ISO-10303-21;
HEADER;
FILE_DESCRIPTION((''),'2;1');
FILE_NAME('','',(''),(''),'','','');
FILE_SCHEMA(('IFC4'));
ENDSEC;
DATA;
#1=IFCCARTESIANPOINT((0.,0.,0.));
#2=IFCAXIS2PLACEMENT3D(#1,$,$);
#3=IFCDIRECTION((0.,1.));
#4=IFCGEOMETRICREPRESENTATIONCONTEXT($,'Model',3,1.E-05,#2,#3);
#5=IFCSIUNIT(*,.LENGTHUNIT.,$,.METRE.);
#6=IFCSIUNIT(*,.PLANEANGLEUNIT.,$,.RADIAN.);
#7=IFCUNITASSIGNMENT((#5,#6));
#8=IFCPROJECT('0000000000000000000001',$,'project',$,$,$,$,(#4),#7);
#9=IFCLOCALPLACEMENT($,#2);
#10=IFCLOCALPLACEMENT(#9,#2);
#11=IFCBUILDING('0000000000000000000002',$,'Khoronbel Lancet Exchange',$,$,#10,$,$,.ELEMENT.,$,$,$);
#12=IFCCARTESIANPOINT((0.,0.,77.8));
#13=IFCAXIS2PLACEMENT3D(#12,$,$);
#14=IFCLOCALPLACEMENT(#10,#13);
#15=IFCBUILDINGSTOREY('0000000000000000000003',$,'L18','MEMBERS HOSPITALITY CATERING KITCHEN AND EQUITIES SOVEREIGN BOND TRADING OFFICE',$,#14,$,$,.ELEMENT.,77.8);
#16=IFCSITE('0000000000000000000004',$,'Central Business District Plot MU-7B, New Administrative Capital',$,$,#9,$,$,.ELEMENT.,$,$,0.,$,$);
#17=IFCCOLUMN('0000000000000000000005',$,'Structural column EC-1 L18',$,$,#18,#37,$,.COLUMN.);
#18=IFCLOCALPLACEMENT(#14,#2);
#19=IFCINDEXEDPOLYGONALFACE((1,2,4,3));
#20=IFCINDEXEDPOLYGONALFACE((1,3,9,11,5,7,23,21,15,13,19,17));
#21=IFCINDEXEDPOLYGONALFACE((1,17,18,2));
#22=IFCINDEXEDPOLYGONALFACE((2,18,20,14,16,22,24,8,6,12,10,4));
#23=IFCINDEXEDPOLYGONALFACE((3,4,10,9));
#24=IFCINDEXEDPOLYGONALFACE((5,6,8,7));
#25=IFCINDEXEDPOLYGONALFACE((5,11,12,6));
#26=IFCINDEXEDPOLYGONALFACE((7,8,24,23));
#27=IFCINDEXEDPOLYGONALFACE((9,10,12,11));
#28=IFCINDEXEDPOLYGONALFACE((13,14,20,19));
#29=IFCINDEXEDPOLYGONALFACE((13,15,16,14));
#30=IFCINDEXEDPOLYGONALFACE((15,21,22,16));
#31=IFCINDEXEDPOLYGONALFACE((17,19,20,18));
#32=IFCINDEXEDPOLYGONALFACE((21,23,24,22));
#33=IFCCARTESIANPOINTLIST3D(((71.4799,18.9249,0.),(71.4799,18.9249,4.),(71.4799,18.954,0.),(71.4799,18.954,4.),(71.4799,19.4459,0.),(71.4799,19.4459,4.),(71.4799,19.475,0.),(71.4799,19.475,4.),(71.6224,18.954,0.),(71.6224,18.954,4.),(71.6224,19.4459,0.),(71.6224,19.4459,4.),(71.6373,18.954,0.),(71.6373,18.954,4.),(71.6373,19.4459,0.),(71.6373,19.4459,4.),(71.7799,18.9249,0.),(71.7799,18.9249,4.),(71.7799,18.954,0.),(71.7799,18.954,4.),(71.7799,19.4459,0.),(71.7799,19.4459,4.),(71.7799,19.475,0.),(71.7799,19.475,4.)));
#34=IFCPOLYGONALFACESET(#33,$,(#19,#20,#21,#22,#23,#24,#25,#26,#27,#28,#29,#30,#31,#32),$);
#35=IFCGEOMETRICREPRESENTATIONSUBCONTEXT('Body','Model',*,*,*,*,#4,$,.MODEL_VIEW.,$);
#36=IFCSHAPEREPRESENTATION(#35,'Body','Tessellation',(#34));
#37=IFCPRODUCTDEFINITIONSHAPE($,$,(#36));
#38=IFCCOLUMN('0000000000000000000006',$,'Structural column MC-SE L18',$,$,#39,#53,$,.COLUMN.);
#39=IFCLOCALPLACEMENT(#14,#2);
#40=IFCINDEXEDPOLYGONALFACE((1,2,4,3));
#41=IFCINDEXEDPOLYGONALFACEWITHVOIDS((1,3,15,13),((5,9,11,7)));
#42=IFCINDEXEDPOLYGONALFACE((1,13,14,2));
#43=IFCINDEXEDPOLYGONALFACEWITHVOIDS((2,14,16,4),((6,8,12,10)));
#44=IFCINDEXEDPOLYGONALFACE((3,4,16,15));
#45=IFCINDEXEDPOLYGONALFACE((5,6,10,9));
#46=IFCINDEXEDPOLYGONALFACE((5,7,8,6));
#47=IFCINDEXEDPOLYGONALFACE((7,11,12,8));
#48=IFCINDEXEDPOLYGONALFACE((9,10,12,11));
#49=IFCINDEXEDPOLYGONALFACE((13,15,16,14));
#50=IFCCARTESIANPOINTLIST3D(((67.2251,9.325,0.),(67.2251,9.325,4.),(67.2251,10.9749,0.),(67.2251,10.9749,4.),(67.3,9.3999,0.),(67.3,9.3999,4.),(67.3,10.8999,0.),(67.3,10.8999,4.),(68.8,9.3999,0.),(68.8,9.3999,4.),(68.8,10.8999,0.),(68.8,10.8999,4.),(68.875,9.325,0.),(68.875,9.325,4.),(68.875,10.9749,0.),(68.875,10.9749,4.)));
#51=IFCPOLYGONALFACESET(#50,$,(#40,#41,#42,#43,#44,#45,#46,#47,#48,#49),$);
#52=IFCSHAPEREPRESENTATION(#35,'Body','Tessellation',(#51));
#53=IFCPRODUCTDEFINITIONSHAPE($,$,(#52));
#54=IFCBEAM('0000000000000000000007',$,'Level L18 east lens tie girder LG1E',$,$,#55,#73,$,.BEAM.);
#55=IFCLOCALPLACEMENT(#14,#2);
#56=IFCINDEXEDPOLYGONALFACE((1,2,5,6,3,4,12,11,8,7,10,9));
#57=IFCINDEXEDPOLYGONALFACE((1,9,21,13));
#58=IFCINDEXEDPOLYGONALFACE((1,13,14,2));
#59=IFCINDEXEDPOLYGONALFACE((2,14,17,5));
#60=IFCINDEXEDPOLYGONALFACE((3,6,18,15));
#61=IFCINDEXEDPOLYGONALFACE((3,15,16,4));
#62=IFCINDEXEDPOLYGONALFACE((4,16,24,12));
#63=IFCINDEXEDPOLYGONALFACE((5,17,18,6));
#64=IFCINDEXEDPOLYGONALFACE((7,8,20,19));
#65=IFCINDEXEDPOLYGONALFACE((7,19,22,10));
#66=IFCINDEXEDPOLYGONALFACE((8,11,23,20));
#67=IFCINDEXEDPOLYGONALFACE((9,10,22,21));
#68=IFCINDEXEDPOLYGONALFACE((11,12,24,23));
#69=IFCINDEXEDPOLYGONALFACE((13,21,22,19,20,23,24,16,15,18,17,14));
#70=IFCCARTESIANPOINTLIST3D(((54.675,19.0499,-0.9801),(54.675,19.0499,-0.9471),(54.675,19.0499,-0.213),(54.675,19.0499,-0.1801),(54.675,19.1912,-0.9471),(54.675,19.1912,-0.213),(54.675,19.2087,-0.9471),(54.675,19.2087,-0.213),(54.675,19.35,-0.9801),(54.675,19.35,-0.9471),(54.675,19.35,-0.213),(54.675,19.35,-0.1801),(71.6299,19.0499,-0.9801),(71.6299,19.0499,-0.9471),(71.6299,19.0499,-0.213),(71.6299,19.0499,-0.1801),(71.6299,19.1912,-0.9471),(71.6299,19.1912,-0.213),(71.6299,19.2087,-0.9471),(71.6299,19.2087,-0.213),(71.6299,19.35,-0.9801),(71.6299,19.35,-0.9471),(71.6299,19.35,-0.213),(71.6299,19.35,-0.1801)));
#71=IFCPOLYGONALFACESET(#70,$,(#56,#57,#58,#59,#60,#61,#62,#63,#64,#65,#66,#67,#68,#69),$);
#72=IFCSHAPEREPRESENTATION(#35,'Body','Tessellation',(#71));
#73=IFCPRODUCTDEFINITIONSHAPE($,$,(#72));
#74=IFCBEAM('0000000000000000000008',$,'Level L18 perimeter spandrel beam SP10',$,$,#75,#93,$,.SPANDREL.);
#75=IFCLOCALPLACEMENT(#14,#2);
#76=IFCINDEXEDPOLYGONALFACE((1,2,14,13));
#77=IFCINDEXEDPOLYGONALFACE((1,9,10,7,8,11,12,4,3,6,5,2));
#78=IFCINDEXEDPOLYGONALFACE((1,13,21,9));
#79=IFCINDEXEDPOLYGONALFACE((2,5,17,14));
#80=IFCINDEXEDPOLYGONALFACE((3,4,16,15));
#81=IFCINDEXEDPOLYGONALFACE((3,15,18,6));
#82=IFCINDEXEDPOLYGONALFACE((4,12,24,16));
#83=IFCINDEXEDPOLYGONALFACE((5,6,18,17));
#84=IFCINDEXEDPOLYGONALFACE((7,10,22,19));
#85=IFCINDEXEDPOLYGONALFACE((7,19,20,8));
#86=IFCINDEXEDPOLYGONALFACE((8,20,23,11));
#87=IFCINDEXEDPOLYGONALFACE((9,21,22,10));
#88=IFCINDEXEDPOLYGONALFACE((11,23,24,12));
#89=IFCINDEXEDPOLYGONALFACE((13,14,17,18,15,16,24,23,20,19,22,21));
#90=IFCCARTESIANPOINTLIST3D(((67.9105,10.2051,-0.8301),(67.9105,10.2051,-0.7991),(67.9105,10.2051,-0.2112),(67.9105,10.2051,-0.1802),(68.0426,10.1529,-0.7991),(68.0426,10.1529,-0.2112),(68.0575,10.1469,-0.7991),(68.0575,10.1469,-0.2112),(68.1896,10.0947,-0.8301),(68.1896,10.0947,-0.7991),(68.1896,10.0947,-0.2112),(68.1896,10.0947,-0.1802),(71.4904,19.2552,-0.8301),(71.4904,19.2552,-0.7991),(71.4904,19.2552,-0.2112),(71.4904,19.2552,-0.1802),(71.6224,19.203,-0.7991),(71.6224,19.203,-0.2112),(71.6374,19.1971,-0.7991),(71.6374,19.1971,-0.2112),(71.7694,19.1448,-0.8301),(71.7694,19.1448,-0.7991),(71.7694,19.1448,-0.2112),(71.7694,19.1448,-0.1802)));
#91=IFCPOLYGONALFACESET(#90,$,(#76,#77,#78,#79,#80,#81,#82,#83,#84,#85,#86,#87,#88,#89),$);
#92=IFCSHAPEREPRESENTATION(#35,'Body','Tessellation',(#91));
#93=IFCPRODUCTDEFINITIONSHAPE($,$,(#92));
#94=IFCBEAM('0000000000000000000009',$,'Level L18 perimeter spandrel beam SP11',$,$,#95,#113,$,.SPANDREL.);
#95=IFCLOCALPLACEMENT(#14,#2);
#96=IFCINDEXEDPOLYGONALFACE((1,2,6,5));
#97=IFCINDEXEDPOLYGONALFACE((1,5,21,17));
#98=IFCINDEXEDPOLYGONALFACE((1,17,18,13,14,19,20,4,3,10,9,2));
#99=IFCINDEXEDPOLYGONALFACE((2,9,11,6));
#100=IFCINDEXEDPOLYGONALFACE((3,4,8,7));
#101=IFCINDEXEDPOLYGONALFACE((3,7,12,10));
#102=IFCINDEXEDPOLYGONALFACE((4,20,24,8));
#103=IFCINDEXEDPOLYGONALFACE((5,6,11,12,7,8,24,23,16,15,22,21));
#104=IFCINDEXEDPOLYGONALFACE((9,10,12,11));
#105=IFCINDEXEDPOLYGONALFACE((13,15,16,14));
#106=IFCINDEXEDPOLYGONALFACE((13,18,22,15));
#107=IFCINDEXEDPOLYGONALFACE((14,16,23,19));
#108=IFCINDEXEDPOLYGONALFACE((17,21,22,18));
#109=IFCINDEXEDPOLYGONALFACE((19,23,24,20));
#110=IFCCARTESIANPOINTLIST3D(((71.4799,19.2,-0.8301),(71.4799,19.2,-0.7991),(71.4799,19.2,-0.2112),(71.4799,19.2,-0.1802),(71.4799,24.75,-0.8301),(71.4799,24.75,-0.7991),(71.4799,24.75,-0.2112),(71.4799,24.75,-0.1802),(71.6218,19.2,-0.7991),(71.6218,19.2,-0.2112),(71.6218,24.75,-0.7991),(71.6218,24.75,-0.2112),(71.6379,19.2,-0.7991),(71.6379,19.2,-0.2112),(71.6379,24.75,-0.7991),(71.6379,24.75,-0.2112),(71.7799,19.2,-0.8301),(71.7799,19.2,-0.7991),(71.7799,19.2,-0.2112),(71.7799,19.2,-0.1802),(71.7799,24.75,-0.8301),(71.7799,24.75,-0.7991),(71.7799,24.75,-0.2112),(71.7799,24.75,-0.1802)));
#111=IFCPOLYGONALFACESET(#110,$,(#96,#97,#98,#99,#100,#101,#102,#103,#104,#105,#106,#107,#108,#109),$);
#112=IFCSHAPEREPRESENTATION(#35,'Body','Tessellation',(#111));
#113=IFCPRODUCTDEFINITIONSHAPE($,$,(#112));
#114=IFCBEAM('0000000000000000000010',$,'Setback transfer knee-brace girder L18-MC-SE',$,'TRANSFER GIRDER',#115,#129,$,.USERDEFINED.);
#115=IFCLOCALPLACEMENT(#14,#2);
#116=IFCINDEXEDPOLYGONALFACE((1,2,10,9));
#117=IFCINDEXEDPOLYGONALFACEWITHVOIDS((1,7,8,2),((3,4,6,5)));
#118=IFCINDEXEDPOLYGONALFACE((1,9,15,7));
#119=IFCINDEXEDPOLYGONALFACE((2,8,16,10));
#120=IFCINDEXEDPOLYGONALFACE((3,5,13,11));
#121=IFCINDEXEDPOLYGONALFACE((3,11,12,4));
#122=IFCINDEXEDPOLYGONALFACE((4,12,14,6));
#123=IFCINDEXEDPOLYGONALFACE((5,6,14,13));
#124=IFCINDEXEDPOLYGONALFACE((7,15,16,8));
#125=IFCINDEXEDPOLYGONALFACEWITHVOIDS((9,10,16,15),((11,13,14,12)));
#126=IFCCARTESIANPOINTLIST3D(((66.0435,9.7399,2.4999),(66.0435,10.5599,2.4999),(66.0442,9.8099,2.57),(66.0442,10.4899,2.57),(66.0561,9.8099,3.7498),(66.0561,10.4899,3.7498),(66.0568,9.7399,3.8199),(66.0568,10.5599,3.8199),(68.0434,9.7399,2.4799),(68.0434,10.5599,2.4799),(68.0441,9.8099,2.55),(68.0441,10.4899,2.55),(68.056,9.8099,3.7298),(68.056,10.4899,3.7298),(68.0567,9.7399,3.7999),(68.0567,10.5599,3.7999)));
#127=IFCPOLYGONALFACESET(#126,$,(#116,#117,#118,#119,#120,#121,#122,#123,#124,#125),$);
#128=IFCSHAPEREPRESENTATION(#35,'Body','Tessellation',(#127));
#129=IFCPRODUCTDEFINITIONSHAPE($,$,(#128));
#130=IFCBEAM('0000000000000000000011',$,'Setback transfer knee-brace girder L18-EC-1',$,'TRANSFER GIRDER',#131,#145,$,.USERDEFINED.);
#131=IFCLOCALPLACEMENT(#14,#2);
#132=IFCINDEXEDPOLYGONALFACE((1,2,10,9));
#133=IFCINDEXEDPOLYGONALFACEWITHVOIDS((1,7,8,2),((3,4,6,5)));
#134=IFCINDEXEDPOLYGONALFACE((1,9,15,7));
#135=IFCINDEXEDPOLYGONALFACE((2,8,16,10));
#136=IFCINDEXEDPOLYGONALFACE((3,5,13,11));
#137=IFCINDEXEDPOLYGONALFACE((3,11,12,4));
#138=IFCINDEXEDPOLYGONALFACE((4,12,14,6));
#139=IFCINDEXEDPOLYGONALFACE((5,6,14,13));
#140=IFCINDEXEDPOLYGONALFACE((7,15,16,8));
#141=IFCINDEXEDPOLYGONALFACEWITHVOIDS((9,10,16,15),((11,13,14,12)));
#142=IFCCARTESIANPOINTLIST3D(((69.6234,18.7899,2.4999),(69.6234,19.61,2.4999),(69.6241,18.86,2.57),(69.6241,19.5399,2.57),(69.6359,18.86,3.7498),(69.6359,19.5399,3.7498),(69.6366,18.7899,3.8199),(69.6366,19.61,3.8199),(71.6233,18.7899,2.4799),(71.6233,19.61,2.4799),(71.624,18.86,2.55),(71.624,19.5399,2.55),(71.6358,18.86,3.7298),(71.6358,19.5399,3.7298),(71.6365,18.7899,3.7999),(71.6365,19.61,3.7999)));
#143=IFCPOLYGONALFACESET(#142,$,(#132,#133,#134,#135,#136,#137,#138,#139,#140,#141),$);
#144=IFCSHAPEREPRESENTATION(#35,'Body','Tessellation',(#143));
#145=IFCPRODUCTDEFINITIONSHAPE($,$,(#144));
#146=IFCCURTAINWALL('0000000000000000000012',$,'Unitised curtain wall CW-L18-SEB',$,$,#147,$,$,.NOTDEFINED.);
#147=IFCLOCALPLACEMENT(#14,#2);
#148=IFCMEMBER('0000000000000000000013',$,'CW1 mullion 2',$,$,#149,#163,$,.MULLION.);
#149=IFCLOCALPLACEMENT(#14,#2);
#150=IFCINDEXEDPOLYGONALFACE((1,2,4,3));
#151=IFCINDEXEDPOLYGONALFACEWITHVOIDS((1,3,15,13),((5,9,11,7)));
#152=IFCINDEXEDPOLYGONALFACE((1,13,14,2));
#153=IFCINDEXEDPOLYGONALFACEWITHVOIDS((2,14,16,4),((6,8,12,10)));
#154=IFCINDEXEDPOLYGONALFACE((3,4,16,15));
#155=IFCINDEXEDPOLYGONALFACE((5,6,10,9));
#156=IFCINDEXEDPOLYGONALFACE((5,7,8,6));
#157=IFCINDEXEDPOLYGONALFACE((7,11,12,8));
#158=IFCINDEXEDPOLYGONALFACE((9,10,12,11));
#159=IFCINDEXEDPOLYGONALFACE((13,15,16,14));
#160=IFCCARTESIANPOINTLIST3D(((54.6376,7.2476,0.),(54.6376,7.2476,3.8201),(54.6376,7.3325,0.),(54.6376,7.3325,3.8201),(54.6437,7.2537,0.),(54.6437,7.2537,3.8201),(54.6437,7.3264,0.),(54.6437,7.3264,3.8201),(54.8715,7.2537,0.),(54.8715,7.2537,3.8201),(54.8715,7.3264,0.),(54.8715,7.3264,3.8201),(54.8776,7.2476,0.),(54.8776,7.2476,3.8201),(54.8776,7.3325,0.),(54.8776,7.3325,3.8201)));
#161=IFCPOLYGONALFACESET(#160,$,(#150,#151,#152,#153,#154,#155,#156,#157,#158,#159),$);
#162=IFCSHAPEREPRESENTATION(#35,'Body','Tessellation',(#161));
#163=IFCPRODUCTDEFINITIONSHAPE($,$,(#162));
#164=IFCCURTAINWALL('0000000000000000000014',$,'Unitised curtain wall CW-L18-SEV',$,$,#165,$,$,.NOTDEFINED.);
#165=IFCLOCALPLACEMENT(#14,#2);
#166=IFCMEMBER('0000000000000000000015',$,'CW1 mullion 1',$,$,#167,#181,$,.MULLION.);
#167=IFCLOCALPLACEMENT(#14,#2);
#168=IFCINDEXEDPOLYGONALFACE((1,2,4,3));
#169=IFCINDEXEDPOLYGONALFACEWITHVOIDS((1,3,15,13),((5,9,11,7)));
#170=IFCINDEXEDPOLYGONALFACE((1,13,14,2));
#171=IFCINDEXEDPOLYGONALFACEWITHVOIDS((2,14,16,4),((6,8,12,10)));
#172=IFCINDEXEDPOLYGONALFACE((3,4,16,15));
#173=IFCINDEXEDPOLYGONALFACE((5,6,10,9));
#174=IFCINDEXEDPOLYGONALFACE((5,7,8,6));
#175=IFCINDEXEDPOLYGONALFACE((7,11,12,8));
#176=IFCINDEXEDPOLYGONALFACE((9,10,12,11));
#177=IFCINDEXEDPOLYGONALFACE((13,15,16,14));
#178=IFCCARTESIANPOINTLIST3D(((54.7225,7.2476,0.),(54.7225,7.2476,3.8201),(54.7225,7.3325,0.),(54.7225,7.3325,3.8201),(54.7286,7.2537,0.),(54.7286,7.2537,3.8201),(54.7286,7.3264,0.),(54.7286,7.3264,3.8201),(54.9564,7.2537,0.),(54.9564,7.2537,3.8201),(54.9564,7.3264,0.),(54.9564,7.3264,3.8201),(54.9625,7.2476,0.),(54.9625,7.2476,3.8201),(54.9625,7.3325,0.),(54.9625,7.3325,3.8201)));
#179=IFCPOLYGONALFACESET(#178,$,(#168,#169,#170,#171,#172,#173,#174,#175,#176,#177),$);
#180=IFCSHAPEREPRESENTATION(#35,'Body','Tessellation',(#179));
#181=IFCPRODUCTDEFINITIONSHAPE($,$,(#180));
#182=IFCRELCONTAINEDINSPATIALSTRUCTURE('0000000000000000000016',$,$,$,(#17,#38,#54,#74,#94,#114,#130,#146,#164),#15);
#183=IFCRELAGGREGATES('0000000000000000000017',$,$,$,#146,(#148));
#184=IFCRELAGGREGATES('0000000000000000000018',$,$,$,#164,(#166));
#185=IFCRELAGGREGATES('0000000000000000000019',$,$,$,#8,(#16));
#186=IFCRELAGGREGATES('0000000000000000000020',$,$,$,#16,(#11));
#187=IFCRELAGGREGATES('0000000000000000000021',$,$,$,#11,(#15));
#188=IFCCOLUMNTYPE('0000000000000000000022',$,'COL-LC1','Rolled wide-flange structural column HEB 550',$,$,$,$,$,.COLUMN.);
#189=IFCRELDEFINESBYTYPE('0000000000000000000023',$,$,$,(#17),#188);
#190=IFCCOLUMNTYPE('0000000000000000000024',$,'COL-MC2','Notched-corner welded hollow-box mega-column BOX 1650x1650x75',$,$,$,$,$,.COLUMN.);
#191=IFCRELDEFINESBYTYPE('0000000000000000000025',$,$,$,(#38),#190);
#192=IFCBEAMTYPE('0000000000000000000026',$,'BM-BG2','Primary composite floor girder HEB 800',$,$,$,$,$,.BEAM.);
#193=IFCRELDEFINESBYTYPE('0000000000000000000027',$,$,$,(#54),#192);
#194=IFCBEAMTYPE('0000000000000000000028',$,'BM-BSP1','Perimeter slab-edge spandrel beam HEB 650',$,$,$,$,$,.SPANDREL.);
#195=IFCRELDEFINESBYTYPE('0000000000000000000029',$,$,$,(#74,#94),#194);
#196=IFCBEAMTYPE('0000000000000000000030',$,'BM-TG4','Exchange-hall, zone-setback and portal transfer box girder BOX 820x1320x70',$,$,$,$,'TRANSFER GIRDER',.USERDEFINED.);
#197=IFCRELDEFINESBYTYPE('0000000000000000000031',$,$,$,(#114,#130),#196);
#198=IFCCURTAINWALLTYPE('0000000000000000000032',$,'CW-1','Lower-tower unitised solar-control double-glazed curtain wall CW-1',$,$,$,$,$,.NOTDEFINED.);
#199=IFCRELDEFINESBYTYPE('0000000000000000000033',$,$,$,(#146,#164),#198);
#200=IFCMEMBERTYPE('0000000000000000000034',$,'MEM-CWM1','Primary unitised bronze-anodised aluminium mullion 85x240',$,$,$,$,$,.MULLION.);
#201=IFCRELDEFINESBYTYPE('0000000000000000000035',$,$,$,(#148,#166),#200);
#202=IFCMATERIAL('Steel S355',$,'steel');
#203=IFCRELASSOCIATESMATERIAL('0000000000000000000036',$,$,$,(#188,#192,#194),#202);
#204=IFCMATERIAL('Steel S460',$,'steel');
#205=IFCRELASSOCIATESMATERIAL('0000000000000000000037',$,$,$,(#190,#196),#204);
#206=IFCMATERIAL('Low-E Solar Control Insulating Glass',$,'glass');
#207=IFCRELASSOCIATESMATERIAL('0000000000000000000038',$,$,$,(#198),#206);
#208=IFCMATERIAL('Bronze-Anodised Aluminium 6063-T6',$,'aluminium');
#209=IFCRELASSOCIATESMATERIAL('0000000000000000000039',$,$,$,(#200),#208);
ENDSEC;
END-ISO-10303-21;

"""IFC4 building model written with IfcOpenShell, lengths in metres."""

from ifc_helpers import new_model, si_unit, direction, frame, origin, origin_2d, place, context, subcontext, project, spatial, hollow_rectangle, i_section, extrude, material, material_profile, profile_set, type_object, element, aggregate, save


model = new_model("IFC4")

# Units and contexts
model_context = context("Model", 3, precision=1e-05, world=origin(), true_north=direction((0.0, 1.0)))
body_context = subcontext(model_context, "Body", "Model", "MODEL_VIEW")
ifc_project = project(units=[si_unit("LENGTHUNIT", "METRE"), si_unit("PLANEANGLEUNIT", "RADIAN")], contexts=[model_context])

# Site, building, storey
site_placement = place(None, origin())
site = spatial("IfcSite", under=ifc_project, at=site_placement, Name="Central Business District Plot MU-7B, New Administrative Capital", CompositionType="ELEMENT", RefElevation=0.0)
building_placement = place(site_placement, origin())
building = spatial("IfcBuilding", under=site, at=building_placement, Name="Khoronbel Lancet Exchange", CompositionType="ELEMENT")
storey_placement = place(building_placement, frame((0.0, 0.0, 77.8)))
storey = spatial("IfcBuildingStorey", under=building, at=storey_placement, Name="L18", Description="MEMBERS HOSPITALITY CATERING KITCHEN AND EQUITIES SOVEREIGN BOND TRADING OFFICE", CompositionType="ELEMENT", Elevation=77.8)

# Columns
ifc_material_1 = material(Name="Steel S355", Category="steel")
ifc_material_profile_1 = material_profile(ifc_material_1, i_section(OverallWidth=0.3, OverallDepth=0.55, WebThickness=0.0149, FlangeThickness=0.0291, at=origin_2d()), Name="HEB 550")
ifc_profile_set_1 = profile_set([ifc_material_profile_1], Name="Steel S355")
column_type_1 = type_object("IfcColumnType", Name="COL-LC1", Description="Rolled wide-flange structural column HEB 550", PredefinedType="COLUMN", material=ifc_profile_set_1)
column_1_placement = place(storey_placement, frame((71.6299, 19.2, 0.0), z_axis=(0.0, 0.0, 1.0), x_axis=(1.0, 0.0, 0.0)))
element("IfcColumn", 1, at=column_1_placement, inside=storey, type_object=column_type_1, Name="Structural column EC-1 L18", PredefinedType="COLUMN", context=body_context, shape_type="SweptSolid", body=[
    extrude(i_section(OverallWidth=0.3, OverallDepth=0.55, WebThickness=0.0149, FlangeThickness=0.0291, at=origin_2d()), origin(), (0.0, 0.0, 1.0), 4.0),
])
ifc_material_2 = material(Name="Steel S460", Category="steel")
ifc_material_profile_2 = material_profile(ifc_material_2, hollow_rectangle(XDim=1.6499, YDim=1.6499, WallThickness=0.075, at=origin_2d()), Name="BOX 1650x1650x75")
ifc_profile_set_2 = profile_set([ifc_material_profile_2], Name="Steel S460")
column_type_2 = type_object("IfcColumnType", Name="COL-MC2", Description="Notched-corner welded hollow-box mega-column BOX 1650x1650x75", PredefinedType="COLUMN", material=ifc_profile_set_2)
column_2_placement = place(storey_placement, frame((68.05, 10.1499, 0.0), z_axis=(0.0, 0.0, 1.0), x_axis=(1.0, 0.0, 0.0)))
element("IfcColumn", 2, at=column_2_placement, inside=storey, type_object=column_type_2, Name="Structural column MC-SE L18", PredefinedType="COLUMN", context=body_context, shape_type="SweptSolid", body=[
    extrude(hollow_rectangle(XDim=1.6499, YDim=1.6499, WallThickness=0.075, at=origin_2d()), origin(), (0.0, 0.0, 1.0), 4.0),
])

# Beams
ifc_material_profile_3 = material_profile(ifc_material_1, i_section(OverallWidth=0.3, OverallDepth=0.8, WebThickness=0.0176, FlangeThickness=0.033, at=origin_2d()), Name="HEB 800")
ifc_profile_set_3 = profile_set([ifc_material_profile_3], Name="Steel S355")
beam_type_1 = type_object("IfcBeamType", Name="BM-BG2", Description="Primary composite floor girder HEB 800", PredefinedType="BEAM", material=ifc_profile_set_3)
beam_1_placement = place(storey_placement, frame((54.675, 19.2, -0.5801), z_axis=(1.0, 0.0, 0.0), x_axis=(0.0, 1.0, 0.0)))
element("IfcBeam", 3, at=beam_1_placement, inside=storey, type_object=beam_type_1, Name="Level L18 east lens tie girder LG1E", PredefinedType="BEAM", context=body_context, shape_type="SweptSolid", body=[
    extrude(i_section(OverallWidth=0.3, OverallDepth=0.8, WebThickness=0.0176, FlangeThickness=0.033, at=origin_2d()), origin(), (0.0, 0.0, 1.0), 16.9548),
])
ifc_material_profile_4 = material_profile(ifc_material_1, i_section(OverallWidth=0.3, OverallDepth=0.6499, WebThickness=0.0161, FlangeThickness=0.031, at=origin_2d()), Name="HEB 650")
ifc_profile_set_4 = profile_set([ifc_material_profile_4], Name="Steel S355")
beam_type_2 = type_object("IfcBeamType", Name="BM-BSP1", Description="Perimeter slab-edge spandrel beam HEB 650", PredefinedType="SPANDREL", material=ifc_profile_set_4)
beam_2_placement = place(storey_placement, frame((68.05, 10.1499, -0.5051), z_axis=(0.367828, 0.929894, 0.0), x_axis=(-0.929894, 0.367828, 0.0)))
element("IfcBeam", 4, at=beam_2_placement, inside=storey, type_object=beam_type_2, Name="Level L18 perimeter spandrel beam SP10", PredefinedType="SPANDREL", context=body_context, shape_type="SweptSolid", body=[
    extrude(i_section(OverallWidth=0.3, OverallDepth=0.6499, WebThickness=0.0161, FlangeThickness=0.031, at=origin_2d()), origin(), (0.0, 0.0, 1.0), 9.7324),
])
beam_3_placement = place(storey_placement, frame((71.6299, 19.2, -0.5051), z_axis=(0.0, 1.0, 0.0), x_axis=(-1.0, 0.0, 0.0)))
element("IfcBeam", 5, at=beam_3_placement, inside=storey, type_object=beam_type_2, Name="Level L18 perimeter spandrel beam SP11", PredefinedType="SPANDREL", context=body_context, shape_type="SweptSolid", body=[
    extrude(i_section(OverallWidth=0.3, OverallDepth=0.6499, WebThickness=0.0161, FlangeThickness=0.031, at=origin_2d()), origin(), (0.0, 0.0, 1.0), 5.55),
])
ifc_material_profile_5 = material_profile(ifc_material_2, hollow_rectangle(XDim=0.8201, YDim=1.3201, WallThickness=0.0701, at=origin_2d()), Name="BOX 820x1320x70")
ifc_profile_set_5 = profile_set([ifc_material_profile_5], Name="Steel S460")
beam_type_3 = type_object("IfcBeamType", Name="BM-TG4", Description="Exchange-hall, zone-setback and portal transfer box girder BOX 820x1320x70", ElementType="TRANSFER GIRDER", PredefinedType="USERDEFINED", material=ifc_profile_set_5)
for number, where, z_axis, x_axis, name in (
    (6, (68.05, 10.1499, 3.1399), (-0.99995, 0.0, 0.010009), (0.0, -1.0, 0.0), "Setback transfer knee-brace girder L18-MC-SE"),
    (7, (71.6299, 19.2, 3.1399), (-0.99995, 0.0, 0.010009), (0.0, -1.0, 0.0), "Setback transfer knee-brace girder L18-EC-1"),
):
    element("IfcBeam", number, at=place(storey_placement, frame(where, z_axis=z_axis, x_axis=x_axis)), inside=storey, type_object=beam_type_3, Name=name, ObjectType="TRANSFER GIRDER", PredefinedType="USERDEFINED", context=body_context, shape_type="SweptSolid", body=[
        extrude(hollow_rectangle(XDim=0.8201, YDim=1.3201, WallThickness=0.0701, at=origin_2d()), origin(), (0.0, 0.0, 1.0), 2.0),
    ])

# Curtain wall, member
ifc_material_3 = material(Name="Low-E Solar Control Insulating Glass", Category="glass")
curtain_wall_type_1 = type_object("IfcCurtainWallType", Name="CW-1", Description="Lower-tower unitised solar-control double-glazed curtain wall CW-1", PredefinedType="NOTDEFINED", material=ifc_material_3)
curtain_wall_1_placement = place(storey_placement, origin())
curtain_wall_1 = element("IfcCurtainWall", 8, at=curtain_wall_1_placement, inside=storey, type_object=curtain_wall_type_1, Name="Unitised curtain wall CW-L18-SEB", PredefinedType="NOTDEFINED")
ifc_material_4 = material(Name="Bronze-Anodised Aluminium 6063-T6", Category="aluminium")
ifc_material_profile_6 = material_profile(ifc_material_4, hollow_rectangle(XDim=0.085, YDim=0.24, WallThickness=0.0061, at=origin_2d()), Name="ALU MULLION 85x240")
ifc_profile_set_6 = profile_set([ifc_material_profile_6], Name="Bronze-Anodised Aluminium 6063-T6")
member_type_1 = type_object("IfcMemberType", Name="MEM-CWM1", Description="Primary unitised bronze-anodised aluminium mullion 85x240", PredefinedType="MULLION", material=ifc_profile_set_6)
member_1_placement = place(storey_placement, frame((54.7576, 7.29, 0.0), z_axis=(0.0, 0.0, 1.0), x_axis=(0.0, 1.0, 0.0)))
member_1 = element("IfcMember", 9, at=member_1_placement, type_object=member_type_1, Name="CW1 mullion 2", PredefinedType="MULLION", context=body_context, shape_type="SweptSolid", body=[
    extrude(hollow_rectangle(XDim=0.085, YDim=0.24, WallThickness=0.0061, at=origin_2d()), origin(), (0.0, 0.0, 1.0), 3.8201),
])
aggregate(curtain_wall_1, [member_1])

# Curtain wall, member
curtain_wall_2_placement = place(storey_placement, origin())
curtain_wall_2 = element("IfcCurtainWall", 10, at=curtain_wall_2_placement, inside=storey, type_object=curtain_wall_type_1, Name="Unitised curtain wall CW-L18-SEV", PredefinedType="NOTDEFINED")
member_2_placement = place(storey_placement, frame((54.8425, 7.29, 0.0), z_axis=(0.0, 0.0, 1.0), x_axis=(0.0, 1.0, 0.0)))
member_2 = element("IfcMember", 11, at=member_2_placement, type_object=member_type_1, Name="CW1 mullion 1", PredefinedType="MULLION", context=body_context, shape_type="SweptSolid", body=[
    extrude(hollow_rectangle(XDim=0.085, YDim=0.24, WallThickness=0.0061, at=origin_2d()), origin(), (0.0, 0.0, 1.0), 3.8201),
])

aggregate(curtain_wall_2, [member_2])

save(model, "model.ifc")
